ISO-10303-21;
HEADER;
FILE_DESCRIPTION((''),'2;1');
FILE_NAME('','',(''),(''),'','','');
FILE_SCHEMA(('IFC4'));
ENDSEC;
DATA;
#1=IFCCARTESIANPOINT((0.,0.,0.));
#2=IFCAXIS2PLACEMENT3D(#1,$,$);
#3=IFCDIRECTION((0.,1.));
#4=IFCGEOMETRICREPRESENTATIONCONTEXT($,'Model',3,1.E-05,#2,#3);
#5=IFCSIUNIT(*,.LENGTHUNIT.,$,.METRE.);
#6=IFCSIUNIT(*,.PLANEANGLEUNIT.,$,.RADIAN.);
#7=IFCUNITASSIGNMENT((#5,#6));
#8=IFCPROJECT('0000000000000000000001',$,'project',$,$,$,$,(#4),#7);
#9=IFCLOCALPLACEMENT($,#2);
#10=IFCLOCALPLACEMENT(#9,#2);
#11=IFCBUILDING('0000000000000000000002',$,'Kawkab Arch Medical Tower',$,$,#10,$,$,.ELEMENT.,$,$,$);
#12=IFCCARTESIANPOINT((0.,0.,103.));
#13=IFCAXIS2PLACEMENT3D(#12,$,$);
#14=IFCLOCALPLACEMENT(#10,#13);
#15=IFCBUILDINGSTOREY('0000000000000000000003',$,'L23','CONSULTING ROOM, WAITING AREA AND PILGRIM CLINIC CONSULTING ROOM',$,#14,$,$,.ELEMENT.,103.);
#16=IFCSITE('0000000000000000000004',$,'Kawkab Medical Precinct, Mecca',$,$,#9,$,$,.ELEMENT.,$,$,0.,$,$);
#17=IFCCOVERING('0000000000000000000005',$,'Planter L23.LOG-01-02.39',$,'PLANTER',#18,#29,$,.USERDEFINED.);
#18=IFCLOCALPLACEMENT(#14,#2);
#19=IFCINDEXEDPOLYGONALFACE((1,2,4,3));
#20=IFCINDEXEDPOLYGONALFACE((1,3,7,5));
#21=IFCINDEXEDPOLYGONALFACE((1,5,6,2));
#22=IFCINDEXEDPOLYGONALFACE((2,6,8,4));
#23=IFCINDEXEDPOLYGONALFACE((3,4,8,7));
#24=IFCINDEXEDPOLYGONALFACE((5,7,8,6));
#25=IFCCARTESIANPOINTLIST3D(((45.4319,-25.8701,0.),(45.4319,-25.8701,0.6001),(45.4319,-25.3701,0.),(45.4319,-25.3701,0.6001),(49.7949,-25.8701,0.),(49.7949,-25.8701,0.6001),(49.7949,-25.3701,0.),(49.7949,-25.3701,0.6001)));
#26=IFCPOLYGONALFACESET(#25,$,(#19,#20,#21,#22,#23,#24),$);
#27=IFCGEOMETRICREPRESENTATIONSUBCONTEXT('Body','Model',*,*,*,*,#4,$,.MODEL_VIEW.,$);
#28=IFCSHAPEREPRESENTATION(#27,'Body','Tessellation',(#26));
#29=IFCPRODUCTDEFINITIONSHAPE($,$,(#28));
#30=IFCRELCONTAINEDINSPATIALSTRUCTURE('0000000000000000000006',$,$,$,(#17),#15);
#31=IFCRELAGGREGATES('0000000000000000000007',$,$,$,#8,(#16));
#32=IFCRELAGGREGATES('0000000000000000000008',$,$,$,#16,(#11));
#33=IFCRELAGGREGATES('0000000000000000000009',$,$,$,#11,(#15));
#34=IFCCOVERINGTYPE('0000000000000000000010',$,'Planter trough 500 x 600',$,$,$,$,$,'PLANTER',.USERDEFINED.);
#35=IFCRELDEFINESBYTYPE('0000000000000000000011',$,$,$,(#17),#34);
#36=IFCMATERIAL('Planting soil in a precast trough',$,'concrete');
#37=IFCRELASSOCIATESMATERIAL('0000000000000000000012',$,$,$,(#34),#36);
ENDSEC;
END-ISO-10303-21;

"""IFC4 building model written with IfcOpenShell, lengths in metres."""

from ifc_helpers import new_model, si_unit, direction, frame, origin, origin_2d, place, context, subcontext, project, spatial, rectangle, extrude, material, material_profile, profile_set, type_object, element, save


model = new_model("IFC4")

# Units and contexts
model_context = context("Model", 3, precision=1e-05, world=origin(), true_north=direction((0.0, 1.0)))
body_context = subcontext(model_context, "Body", "Model", "MODEL_VIEW")
ifc_project = project(units=[si_unit("LENGTHUNIT", "METRE"), si_unit("PLANEANGLEUNIT", "RADIAN")], contexts=[model_context])

# Site, building, storey
site_placement = place(None, origin())
site = spatial("IfcSite", under=ifc_project, at=site_placement, Name="Kawkab Medical Precinct, Mecca", CompositionType="ELEMENT", RefElevation=0.0)
building_placement = place(site_placement, origin())
building = spatial("IfcBuilding", under=site, at=building_placement, Name="Kawkab Arch Medical Tower", CompositionType="ELEMENT")
storey_placement = place(building_placement, frame((0.0, 0.0, 103.0)))
storey = spatial("IfcBuildingStorey", under=building, at=storey_placement, Name="L23", Description="CONSULTING ROOM, WAITING AREA AND PILGRIM CLINIC CONSULTING ROOM", CompositionType="ELEMENT", Elevation=103.0)

# Covering
ifc_material_1 = material(Name="Planting soil in a precast trough", Category="concrete")
ifc_material_profile_1 = material_profile(ifc_material_1, rectangle(XDim=0.5, YDim=0.6001, at=origin_2d()), Name="Trough 500x600")
ifc_profile_set_1 = profile_set([ifc_material_profile_1], Name="Planting soil in a precast trough")
covering_type_1 = type_object("IfcCoveringType", Name="Planter trough 500 x 600", ElementType="PLANTER", PredefinedType="USERDEFINED", material=ifc_profile_set_1)
covering_1_placement = place(storey_placement, frame((49.7949, -25.6201, 0.3), z_axis=(-1.0, 0.0, 0.0), x_axis=(0.0, -1.0, 0.0)))
element("IfcCovering", 1, at=covering_1_placement, inside=storey, type_object=covering_type_1, Name="Planter L23.LOG-01-02.39", ObjectType="PLANTER", PredefinedType="USERDEFINED", context=body_context, shape_type="SweptSolid", body=[
    extrude(rectangle(XDim=0.5, YDim=0.6001, at=origin_2d()), origin(), (0.0, 0.0, 1.0), 4.363),
])

save(model, "model.ifc")
